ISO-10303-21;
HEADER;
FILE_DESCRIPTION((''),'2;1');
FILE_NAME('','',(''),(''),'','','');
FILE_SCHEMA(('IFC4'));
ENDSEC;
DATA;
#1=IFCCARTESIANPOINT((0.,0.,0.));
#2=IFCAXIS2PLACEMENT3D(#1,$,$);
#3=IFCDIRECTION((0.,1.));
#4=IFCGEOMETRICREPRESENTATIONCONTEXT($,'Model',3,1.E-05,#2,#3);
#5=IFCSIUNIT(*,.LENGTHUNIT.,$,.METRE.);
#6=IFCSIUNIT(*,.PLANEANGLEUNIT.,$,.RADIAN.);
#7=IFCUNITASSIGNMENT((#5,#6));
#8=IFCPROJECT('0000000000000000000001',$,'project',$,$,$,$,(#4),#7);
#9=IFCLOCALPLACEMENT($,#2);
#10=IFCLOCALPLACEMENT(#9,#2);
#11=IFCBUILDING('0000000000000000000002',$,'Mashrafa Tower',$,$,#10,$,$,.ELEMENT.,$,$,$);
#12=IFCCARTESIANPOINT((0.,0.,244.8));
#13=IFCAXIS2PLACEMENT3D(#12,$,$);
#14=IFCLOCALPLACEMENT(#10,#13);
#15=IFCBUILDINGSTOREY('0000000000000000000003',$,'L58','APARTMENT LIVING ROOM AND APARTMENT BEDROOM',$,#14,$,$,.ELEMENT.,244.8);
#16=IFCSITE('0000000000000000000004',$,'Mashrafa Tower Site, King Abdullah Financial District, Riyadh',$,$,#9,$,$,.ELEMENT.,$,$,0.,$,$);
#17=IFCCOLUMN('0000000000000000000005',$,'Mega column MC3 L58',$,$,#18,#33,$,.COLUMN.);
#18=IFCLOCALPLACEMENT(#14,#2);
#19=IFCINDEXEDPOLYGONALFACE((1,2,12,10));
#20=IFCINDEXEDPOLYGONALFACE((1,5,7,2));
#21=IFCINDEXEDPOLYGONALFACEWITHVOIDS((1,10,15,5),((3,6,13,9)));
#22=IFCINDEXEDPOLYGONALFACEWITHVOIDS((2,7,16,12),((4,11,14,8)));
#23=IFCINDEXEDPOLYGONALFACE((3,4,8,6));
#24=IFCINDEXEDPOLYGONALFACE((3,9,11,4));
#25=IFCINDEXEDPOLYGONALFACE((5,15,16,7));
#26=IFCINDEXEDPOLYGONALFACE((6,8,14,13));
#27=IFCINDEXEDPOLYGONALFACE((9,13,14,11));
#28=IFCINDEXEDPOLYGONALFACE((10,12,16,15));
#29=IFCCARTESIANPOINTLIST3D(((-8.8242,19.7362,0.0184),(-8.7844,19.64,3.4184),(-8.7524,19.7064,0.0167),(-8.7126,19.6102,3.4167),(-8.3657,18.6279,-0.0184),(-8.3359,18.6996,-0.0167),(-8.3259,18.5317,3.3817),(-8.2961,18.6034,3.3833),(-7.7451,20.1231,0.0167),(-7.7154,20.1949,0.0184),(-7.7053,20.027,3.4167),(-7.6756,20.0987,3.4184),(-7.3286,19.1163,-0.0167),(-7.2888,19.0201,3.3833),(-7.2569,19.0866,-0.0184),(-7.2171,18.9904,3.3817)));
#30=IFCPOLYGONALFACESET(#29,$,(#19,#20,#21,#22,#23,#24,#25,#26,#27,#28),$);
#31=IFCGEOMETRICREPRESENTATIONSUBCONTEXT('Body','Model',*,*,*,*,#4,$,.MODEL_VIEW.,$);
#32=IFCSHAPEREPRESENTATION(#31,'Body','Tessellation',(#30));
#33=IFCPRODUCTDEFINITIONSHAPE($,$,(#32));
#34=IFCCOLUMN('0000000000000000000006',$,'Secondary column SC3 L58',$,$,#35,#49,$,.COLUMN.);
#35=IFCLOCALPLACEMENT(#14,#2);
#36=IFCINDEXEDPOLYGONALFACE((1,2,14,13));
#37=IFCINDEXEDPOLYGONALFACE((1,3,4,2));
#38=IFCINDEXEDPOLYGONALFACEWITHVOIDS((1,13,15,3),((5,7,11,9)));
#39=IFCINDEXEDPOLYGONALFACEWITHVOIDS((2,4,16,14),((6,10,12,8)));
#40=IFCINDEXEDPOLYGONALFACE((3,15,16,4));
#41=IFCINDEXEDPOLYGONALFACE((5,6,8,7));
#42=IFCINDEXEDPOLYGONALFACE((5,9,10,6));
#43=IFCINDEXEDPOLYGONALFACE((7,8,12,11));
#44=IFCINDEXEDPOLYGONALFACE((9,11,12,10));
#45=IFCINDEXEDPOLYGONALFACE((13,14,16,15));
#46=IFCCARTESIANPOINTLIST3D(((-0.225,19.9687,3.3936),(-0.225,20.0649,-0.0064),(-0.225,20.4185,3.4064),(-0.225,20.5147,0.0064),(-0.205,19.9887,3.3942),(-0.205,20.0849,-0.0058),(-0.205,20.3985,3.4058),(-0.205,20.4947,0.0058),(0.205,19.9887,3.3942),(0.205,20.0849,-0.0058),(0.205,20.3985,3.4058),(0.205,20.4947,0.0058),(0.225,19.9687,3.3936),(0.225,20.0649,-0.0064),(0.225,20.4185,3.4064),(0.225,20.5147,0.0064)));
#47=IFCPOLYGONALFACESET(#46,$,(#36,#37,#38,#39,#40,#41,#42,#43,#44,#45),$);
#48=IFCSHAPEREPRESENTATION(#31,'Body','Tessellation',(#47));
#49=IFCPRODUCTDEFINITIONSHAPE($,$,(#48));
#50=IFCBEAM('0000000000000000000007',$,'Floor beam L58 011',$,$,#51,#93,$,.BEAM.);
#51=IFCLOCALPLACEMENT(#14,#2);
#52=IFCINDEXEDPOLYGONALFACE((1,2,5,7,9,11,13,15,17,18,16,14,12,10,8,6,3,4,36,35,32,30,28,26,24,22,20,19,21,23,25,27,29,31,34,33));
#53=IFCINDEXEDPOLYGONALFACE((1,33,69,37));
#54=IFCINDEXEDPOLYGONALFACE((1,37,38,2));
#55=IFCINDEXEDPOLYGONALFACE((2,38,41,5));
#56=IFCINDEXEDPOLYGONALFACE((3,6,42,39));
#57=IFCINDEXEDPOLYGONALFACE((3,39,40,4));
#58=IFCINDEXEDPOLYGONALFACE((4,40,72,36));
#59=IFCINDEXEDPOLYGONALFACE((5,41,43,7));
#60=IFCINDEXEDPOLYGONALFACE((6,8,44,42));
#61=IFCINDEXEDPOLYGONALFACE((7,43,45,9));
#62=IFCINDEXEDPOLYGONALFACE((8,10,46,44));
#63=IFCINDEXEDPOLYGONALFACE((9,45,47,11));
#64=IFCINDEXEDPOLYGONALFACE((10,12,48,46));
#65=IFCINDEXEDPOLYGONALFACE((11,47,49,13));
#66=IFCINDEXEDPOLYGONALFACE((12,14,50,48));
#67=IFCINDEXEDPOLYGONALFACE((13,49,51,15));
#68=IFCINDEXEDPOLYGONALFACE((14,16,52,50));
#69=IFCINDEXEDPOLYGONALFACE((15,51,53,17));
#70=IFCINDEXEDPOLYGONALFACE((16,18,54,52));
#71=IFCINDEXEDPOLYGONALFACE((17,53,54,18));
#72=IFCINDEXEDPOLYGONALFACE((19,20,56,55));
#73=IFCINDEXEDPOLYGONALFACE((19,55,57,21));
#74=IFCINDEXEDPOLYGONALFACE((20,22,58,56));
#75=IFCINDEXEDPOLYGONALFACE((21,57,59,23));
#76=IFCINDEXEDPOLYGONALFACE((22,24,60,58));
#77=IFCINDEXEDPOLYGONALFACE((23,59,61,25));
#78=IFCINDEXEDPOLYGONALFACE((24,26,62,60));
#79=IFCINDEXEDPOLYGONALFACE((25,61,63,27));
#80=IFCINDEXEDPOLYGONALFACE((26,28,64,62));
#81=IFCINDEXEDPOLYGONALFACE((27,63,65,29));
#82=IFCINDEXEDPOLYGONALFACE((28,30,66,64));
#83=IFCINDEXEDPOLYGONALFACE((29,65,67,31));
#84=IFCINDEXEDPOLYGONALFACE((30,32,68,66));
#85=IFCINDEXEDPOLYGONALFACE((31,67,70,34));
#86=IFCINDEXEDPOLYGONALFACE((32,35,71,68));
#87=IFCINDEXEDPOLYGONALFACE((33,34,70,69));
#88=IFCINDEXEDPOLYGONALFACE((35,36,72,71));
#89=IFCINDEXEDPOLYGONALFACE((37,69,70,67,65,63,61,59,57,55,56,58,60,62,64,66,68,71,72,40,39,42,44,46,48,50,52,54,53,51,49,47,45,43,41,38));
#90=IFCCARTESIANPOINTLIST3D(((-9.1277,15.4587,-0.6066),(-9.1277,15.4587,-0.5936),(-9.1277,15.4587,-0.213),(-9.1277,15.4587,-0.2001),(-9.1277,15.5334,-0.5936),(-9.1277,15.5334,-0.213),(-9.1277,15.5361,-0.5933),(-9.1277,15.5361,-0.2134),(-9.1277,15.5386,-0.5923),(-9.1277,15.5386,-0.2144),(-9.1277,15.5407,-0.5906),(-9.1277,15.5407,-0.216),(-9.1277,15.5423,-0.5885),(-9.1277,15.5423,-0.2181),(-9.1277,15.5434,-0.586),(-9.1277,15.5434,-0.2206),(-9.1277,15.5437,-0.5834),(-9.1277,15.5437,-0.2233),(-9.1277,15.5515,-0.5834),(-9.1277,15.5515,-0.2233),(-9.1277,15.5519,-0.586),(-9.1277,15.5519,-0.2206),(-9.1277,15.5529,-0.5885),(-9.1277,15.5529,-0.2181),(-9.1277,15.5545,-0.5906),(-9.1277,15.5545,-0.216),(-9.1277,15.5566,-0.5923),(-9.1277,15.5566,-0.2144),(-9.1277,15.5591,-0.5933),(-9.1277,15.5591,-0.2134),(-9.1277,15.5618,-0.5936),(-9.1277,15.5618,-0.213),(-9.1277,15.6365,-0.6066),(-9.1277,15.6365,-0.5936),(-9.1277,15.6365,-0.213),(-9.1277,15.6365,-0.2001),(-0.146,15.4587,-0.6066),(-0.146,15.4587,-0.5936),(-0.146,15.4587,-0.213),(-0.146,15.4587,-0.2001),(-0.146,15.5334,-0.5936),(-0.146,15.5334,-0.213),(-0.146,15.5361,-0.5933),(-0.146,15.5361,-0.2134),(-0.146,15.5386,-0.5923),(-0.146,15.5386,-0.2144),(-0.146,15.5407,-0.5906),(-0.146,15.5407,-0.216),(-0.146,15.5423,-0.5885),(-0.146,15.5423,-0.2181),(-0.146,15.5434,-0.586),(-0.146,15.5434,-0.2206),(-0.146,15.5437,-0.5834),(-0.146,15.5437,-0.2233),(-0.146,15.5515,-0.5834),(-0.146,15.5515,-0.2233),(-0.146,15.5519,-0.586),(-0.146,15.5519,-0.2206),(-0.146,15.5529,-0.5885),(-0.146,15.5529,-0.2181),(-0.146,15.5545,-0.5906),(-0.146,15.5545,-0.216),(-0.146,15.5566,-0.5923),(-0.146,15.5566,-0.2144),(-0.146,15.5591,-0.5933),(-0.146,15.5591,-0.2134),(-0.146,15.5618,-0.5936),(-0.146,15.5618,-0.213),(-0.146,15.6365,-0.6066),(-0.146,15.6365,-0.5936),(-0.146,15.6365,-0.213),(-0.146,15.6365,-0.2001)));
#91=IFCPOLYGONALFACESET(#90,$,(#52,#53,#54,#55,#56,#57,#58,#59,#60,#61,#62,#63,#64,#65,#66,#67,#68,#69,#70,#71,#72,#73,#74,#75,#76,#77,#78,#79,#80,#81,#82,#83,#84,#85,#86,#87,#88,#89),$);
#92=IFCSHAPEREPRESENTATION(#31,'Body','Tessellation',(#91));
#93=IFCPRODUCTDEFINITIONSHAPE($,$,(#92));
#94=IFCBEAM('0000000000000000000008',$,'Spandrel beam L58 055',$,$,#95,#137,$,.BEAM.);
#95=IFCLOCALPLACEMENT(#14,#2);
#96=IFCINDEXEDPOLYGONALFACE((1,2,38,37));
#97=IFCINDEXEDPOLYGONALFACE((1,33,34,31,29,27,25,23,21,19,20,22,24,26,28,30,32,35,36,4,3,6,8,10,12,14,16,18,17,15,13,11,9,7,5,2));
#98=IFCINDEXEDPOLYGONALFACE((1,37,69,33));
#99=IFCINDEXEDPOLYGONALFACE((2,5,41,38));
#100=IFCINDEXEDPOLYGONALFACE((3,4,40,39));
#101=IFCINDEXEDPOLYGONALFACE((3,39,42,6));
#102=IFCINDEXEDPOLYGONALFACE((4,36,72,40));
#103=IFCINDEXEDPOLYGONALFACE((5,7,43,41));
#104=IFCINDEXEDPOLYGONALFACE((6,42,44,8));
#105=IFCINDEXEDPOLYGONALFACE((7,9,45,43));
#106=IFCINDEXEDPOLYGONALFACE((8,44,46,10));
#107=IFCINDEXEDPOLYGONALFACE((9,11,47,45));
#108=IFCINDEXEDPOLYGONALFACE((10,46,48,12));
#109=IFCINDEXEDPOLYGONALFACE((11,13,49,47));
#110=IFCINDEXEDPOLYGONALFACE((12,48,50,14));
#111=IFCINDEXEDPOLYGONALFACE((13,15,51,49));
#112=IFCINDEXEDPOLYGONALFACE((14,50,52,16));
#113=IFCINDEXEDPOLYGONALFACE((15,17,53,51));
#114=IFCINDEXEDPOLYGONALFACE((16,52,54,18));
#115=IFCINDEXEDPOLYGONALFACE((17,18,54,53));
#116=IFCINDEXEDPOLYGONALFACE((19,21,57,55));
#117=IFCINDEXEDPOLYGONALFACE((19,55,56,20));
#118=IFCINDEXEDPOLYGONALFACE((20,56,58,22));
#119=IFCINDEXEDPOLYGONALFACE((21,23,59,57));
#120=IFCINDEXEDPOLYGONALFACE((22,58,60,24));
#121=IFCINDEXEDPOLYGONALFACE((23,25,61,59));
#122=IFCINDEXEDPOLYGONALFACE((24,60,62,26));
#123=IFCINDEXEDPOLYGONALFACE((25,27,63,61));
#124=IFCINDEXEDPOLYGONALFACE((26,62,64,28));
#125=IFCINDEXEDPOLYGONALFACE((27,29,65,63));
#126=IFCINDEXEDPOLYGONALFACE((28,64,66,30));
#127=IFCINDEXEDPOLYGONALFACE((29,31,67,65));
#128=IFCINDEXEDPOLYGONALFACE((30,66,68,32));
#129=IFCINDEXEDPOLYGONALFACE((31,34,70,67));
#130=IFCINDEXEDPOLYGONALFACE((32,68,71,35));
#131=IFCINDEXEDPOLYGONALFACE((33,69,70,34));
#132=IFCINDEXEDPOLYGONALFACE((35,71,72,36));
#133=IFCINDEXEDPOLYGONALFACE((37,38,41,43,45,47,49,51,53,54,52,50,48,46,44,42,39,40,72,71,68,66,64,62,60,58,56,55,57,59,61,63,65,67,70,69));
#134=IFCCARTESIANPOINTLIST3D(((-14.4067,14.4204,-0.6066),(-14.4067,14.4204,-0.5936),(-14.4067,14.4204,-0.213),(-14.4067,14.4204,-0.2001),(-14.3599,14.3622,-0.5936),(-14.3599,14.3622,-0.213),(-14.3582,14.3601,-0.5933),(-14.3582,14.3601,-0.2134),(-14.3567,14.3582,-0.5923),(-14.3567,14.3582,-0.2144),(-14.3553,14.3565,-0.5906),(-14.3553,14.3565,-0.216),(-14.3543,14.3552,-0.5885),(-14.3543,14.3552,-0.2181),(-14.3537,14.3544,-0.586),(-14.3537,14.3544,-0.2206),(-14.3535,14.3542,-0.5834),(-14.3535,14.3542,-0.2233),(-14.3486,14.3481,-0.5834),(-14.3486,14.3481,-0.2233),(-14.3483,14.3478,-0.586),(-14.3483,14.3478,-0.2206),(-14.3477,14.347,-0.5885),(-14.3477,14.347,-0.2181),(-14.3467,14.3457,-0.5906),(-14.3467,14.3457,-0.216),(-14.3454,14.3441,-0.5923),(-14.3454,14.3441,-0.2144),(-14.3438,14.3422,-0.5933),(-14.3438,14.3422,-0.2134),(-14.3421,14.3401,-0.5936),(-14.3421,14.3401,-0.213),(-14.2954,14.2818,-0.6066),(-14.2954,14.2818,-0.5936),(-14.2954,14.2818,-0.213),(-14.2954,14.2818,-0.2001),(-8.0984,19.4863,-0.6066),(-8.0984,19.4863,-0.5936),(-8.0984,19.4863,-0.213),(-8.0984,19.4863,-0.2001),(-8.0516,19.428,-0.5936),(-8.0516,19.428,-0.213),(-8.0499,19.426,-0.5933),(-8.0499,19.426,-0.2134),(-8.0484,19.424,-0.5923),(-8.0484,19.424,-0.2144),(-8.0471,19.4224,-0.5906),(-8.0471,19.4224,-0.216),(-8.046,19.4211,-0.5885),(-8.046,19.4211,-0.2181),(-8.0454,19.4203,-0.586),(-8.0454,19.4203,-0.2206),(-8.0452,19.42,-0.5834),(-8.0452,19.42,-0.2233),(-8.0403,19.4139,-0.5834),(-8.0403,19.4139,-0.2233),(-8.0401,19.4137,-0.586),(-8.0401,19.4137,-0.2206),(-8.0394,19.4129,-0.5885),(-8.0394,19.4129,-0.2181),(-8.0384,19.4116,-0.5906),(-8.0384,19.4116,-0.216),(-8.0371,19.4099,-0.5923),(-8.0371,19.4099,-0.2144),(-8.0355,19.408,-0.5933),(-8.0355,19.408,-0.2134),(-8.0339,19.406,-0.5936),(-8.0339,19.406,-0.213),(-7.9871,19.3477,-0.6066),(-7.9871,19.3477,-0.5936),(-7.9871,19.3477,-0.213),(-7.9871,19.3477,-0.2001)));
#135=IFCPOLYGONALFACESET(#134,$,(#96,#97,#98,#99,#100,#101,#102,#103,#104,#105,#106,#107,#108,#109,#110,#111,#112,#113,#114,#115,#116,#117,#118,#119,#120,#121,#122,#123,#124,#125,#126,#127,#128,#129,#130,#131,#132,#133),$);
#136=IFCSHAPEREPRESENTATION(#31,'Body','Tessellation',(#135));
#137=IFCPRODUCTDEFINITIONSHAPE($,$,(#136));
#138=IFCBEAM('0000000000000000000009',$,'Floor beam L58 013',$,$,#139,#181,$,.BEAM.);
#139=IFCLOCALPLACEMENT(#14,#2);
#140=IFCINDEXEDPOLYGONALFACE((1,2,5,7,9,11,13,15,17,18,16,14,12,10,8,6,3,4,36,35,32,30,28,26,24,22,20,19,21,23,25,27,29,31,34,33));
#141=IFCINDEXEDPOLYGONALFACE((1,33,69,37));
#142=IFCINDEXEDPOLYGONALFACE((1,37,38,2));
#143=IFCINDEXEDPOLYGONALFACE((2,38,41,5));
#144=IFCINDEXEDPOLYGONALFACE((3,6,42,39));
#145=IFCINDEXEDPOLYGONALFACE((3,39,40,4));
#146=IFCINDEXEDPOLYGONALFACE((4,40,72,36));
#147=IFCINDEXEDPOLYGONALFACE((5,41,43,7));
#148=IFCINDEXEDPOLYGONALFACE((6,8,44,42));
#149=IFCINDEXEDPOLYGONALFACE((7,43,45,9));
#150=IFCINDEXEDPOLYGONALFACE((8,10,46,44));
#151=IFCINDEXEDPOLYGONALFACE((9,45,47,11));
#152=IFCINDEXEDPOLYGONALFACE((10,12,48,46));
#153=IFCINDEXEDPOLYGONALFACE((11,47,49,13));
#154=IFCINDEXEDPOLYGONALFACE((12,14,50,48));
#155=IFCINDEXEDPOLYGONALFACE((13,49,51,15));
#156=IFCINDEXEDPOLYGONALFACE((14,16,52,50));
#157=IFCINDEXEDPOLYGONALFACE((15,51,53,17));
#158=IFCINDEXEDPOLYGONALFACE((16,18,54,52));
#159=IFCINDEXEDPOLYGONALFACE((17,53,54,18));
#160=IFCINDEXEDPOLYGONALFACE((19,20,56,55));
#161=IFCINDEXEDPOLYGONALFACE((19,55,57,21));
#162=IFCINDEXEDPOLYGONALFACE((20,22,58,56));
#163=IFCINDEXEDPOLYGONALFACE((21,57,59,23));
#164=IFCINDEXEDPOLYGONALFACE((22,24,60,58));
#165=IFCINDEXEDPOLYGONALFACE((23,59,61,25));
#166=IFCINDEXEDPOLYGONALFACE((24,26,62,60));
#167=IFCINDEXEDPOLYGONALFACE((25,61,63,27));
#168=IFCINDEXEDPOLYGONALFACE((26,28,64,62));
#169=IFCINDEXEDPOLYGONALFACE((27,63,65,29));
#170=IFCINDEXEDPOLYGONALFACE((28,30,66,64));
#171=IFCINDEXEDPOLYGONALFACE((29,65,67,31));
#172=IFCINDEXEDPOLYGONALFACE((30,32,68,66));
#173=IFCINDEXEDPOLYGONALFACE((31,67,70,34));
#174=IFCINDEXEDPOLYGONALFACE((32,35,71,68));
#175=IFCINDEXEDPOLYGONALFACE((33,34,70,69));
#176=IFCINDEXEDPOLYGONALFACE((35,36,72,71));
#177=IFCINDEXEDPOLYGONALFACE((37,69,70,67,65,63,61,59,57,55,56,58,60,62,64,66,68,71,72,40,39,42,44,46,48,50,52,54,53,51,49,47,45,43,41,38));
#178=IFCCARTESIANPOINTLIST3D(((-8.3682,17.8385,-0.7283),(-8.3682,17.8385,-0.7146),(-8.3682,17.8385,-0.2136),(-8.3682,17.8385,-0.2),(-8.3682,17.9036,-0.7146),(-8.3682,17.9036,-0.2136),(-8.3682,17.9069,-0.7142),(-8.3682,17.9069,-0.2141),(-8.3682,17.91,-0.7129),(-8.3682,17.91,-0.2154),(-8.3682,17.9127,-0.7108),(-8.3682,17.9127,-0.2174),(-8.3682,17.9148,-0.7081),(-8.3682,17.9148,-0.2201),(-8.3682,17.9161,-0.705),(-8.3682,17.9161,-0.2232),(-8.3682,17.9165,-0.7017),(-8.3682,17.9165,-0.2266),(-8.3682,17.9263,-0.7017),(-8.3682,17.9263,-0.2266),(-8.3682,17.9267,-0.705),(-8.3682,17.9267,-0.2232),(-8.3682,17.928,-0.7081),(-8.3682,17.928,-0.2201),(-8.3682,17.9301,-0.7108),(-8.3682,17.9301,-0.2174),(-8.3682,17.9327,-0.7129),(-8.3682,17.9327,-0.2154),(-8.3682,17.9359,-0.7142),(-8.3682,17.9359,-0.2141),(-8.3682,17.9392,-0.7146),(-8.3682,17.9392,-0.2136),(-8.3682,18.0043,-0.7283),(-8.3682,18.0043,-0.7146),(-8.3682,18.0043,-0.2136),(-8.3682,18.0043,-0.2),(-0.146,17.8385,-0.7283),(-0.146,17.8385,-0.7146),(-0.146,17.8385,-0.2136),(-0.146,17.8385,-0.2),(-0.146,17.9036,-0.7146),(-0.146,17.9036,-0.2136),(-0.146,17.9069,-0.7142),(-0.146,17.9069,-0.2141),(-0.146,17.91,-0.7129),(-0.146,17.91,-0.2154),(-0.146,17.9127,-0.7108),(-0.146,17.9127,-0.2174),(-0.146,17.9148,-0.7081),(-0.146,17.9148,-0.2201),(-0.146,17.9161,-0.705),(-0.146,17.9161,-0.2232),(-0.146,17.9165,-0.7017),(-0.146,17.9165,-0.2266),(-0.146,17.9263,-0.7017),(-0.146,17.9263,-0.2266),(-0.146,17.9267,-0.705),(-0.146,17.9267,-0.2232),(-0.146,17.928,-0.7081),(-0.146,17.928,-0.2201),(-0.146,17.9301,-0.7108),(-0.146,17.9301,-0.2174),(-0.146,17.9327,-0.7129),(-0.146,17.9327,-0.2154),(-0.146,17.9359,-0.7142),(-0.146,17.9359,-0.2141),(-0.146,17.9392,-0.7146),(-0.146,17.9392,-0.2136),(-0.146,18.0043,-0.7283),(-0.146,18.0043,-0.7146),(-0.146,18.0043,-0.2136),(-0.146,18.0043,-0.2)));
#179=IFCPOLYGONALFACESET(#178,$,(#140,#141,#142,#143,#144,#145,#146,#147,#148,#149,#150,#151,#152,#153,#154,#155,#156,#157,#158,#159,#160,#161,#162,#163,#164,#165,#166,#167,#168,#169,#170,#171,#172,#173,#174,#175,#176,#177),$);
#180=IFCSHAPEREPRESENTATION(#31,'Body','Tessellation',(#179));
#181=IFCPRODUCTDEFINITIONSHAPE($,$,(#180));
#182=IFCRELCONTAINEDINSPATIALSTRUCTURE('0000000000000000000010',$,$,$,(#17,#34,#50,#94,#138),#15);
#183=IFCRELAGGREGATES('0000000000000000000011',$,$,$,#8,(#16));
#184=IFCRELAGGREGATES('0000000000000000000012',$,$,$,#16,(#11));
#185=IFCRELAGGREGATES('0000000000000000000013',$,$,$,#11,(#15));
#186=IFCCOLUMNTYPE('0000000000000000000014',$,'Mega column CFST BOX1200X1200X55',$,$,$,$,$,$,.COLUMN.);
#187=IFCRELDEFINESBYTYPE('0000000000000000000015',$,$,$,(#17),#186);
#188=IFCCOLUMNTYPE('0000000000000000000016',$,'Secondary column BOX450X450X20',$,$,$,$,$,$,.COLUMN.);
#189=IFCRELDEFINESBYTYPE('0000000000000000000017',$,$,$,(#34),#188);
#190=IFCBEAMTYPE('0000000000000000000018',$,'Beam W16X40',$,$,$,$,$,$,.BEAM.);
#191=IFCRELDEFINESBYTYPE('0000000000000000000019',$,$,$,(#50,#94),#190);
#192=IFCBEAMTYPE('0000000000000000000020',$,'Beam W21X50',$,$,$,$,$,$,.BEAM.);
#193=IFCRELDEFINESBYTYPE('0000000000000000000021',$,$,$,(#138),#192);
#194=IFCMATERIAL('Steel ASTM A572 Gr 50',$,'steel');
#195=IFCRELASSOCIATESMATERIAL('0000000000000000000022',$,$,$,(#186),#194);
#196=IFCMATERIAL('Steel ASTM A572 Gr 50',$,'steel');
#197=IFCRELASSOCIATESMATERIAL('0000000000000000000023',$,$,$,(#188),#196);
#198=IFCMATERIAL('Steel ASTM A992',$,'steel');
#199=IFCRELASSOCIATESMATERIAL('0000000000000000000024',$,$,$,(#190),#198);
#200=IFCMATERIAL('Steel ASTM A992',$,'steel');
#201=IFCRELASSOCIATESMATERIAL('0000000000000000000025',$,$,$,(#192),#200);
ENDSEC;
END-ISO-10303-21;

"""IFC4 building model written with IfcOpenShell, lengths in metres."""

from ifc_helpers import new_model, si_unit, direction, frame, origin, origin_2d, place, context, subcontext, project, spatial, hollow_rectangle, i_section, extrude, material, material_profile, profile_set, type_object, element, save


model = new_model("IFC4")

# Units and contexts
model_context = context("Model", 3, precision=1e-05, world=origin(), true_north=direction((0.0, 1.0)))
body_context = subcontext(model_context, "Body", "Model", "MODEL_VIEW")
ifc_project = project(units=[si_unit("LENGTHUNIT", "METRE"), si_unit("PLANEANGLEUNIT", "RADIAN")], contexts=[model_context])

# Site, building, storey
site_placement = place(None, origin())
site = spatial("IfcSite", under=ifc_project, at=site_placement, Name="Mashrafa Tower Site, King Abdullah Financial District, Riyadh", CompositionType="ELEMENT", RefElevation=0.0)
building_placement = place(site_placement, origin())
building = spatial("IfcBuilding", under=site, at=building_placement, Name="Mashrafa Tower", CompositionType="ELEMENT")
storey_placement = place(building_placement, frame((0.0, 0.0, 244.8)))
storey = spatial("IfcBuildingStorey", under=building, at=storey_placement, Name="L58", Description="APARTMENT LIVING ROOM AND APARTMENT BEDROOM", CompositionType="ELEMENT", Elevation=244.8)

# Columns
ifc_material_1 = material(Name="Steel ASTM A572 Gr 50", Category="steel")
ifc_material_profile_1 = material_profile(ifc_material_1, hollow_rectangle(XDim=1.2, YDim=1.2, WallThickness=0.0549, at=origin_2d()), Name="BOX1200X1200X55")
ifc_profile_set_1 = profile_set([ifc_material_profile_1], Name="Steel ASTM A572 Gr 50")
column_type_1 = type_object("IfcColumnType", Name="Mega column CFST BOX1200X1200X55", PredefinedType="COLUMN", material=ifc_profile_set_1)
column_1_placement = place(storey_placement, frame((-8.0405, 19.4114, 0.0), z_axis=(0.011699, -0.028279, 0.999532), x_axis=(0.924045, 0.382283, 0.0)))
element("IfcColumn", 1, at=column_1_placement, inside=storey, type_object=column_type_1, Name="Mega column MC3 L58", PredefinedType="COLUMN", context=body_context, shape_type="SweptSolid", body=[
    extrude(hollow_rectangle(XDim=1.2, YDim=1.2, WallThickness=0.0549, at=origin_2d()), origin(), (0.0, 0.0, 1.0), 3.4016),
])
ifc_material_2 = material(Name="Steel ASTM A572 Gr 50", Category="steel")
ifc_material_profile_2 = material_profile(ifc_material_2, hollow_rectangle(XDim=0.45, YDim=0.45, WallThickness=0.02, at=origin_2d()), Name="BOX450X450X20")
ifc_profile_set_2 = profile_set([ifc_material_profile_2], Name="Steel ASTM A572 Gr 50")
column_type_2 = type_object("IfcColumnType", Name="Secondary column BOX450X450X20", PredefinedType="COLUMN", material=ifc_profile_set_2)
column_2_placement = place(storey_placement, frame((0.0, 20.2898, 0.0), z_axis=(0.0, -0.028281, 0.9996), x_axis=(1.0, 0.0, 0.0)))
element("IfcColumn", 2, at=column_2_placement, inside=storey, type_object=column_type_2, Name="Secondary column SC3 L58", PredefinedType="COLUMN", context=body_context, shape_type="SweptSolid", body=[
    extrude(hollow_rectangle(XDim=0.45, YDim=0.45, WallThickness=0.02, at=origin_2d()), origin(), (0.0, 0.0, 1.0), 3.4014),
])

# Beams
ifc_material_3 = material(Name="Steel ASTM A992", Category="steel")
ifc_material_profile_3 = material_profile(ifc_material_3, i_section(OverallWidth=0.1777, OverallDepth=0.4065, WebThickness=0.0078, FlangeThickness=0.0129, FilletRadius=0.0103, at=origin_2d()), Name="W16X40")
ifc_profile_set_3 = profile_set([ifc_material_profile_3], Name="Steel ASTM A992")
beam_type_1 = type_object("IfcBeamType", Name="Beam W16X40", PredefinedType="BEAM", material=ifc_profile_set_3)
beam_1_placement = place(storey_placement, frame((-9.1277, 15.5476, -0.4033), z_axis=(1.0, 0.0, 0.0), x_axis=(0.0, 1.0, 0.0)))
element("IfcBeam", 3, at=beam_1_placement, inside=storey, type_object=beam_type_1, Name="Floor beam L58 011", PredefinedType="BEAM", context=body_context, shape_type="SweptSolid", body=[
    extrude(i_section(OverallWidth=0.1777, OverallDepth=0.4065, WebThickness=0.0078, FlangeThickness=0.0129, FilletRadius=0.0103, at=origin_2d()), origin(), (0.0, 0.0, 1.0), 8.9817),
])
beam_2_placement = place(storey_placement, frame((-8.0427, 19.417, -0.4033), z_axis=(-0.779708, -0.626144, 0.0), x_axis=(0.626144, -0.779708, 0.0)))
element("IfcBeam", 4, at=beam_2_placement, inside=storey, type_object=beam_type_1, Name="Spandrel beam L58 055", PredefinedType="BEAM", context=body_context, shape_type="SweptSolid", body=[
    extrude(i_section(OverallWidth=0.1777, OverallDepth=0.4065, WebThickness=0.0078, FlangeThickness=0.0129, FilletRadius=0.0103, at=origin_2d()), origin(), (0.0, 0.0, 1.0), 8.0906),
])
ifc_material_4 = material(Name="Steel ASTM A992", Category="steel")
ifc_material_profile_4 = material_profile(ifc_material_4, i_section(OverallWidth=0.1658, OverallDepth=0.5283, WebThickness=0.0098, FlangeThickness=0.0137, FilletRadius=0.0129, at=origin_2d()), Name="W21X50")
ifc_profile_set_4 = profile_set([ifc_material_profile_4], Name="Steel ASTM A992")
beam_type_2 = type_object("IfcBeamType", Name="Beam W21X50", PredefinedType="BEAM", material=ifc_profile_set_4)
beam_3_placement = place(storey_placement, frame((-8.3682, 17.9214, -0.4641), z_axis=(1.0, 0.0, 0.0), x_axis=(0.0, 1.0, 0.0)))
element("IfcBeam", 5, at=beam_3_placement, inside=storey, type_object=beam_type_2, Name="Floor beam L58 013", PredefinedType="BEAM", context=body_context, shape_type="SweptSolid", body=[
    extrude(i_section(OverallWidth=0.1658, OverallDepth=0.5283, WebThickness=0.0098, FlangeThickness=0.0137, FilletRadius=0.0129, at=origin_2d()), origin(), (0.0, 0.0, 1.0), 8.2222),
])

save(model, "model.ifc")
